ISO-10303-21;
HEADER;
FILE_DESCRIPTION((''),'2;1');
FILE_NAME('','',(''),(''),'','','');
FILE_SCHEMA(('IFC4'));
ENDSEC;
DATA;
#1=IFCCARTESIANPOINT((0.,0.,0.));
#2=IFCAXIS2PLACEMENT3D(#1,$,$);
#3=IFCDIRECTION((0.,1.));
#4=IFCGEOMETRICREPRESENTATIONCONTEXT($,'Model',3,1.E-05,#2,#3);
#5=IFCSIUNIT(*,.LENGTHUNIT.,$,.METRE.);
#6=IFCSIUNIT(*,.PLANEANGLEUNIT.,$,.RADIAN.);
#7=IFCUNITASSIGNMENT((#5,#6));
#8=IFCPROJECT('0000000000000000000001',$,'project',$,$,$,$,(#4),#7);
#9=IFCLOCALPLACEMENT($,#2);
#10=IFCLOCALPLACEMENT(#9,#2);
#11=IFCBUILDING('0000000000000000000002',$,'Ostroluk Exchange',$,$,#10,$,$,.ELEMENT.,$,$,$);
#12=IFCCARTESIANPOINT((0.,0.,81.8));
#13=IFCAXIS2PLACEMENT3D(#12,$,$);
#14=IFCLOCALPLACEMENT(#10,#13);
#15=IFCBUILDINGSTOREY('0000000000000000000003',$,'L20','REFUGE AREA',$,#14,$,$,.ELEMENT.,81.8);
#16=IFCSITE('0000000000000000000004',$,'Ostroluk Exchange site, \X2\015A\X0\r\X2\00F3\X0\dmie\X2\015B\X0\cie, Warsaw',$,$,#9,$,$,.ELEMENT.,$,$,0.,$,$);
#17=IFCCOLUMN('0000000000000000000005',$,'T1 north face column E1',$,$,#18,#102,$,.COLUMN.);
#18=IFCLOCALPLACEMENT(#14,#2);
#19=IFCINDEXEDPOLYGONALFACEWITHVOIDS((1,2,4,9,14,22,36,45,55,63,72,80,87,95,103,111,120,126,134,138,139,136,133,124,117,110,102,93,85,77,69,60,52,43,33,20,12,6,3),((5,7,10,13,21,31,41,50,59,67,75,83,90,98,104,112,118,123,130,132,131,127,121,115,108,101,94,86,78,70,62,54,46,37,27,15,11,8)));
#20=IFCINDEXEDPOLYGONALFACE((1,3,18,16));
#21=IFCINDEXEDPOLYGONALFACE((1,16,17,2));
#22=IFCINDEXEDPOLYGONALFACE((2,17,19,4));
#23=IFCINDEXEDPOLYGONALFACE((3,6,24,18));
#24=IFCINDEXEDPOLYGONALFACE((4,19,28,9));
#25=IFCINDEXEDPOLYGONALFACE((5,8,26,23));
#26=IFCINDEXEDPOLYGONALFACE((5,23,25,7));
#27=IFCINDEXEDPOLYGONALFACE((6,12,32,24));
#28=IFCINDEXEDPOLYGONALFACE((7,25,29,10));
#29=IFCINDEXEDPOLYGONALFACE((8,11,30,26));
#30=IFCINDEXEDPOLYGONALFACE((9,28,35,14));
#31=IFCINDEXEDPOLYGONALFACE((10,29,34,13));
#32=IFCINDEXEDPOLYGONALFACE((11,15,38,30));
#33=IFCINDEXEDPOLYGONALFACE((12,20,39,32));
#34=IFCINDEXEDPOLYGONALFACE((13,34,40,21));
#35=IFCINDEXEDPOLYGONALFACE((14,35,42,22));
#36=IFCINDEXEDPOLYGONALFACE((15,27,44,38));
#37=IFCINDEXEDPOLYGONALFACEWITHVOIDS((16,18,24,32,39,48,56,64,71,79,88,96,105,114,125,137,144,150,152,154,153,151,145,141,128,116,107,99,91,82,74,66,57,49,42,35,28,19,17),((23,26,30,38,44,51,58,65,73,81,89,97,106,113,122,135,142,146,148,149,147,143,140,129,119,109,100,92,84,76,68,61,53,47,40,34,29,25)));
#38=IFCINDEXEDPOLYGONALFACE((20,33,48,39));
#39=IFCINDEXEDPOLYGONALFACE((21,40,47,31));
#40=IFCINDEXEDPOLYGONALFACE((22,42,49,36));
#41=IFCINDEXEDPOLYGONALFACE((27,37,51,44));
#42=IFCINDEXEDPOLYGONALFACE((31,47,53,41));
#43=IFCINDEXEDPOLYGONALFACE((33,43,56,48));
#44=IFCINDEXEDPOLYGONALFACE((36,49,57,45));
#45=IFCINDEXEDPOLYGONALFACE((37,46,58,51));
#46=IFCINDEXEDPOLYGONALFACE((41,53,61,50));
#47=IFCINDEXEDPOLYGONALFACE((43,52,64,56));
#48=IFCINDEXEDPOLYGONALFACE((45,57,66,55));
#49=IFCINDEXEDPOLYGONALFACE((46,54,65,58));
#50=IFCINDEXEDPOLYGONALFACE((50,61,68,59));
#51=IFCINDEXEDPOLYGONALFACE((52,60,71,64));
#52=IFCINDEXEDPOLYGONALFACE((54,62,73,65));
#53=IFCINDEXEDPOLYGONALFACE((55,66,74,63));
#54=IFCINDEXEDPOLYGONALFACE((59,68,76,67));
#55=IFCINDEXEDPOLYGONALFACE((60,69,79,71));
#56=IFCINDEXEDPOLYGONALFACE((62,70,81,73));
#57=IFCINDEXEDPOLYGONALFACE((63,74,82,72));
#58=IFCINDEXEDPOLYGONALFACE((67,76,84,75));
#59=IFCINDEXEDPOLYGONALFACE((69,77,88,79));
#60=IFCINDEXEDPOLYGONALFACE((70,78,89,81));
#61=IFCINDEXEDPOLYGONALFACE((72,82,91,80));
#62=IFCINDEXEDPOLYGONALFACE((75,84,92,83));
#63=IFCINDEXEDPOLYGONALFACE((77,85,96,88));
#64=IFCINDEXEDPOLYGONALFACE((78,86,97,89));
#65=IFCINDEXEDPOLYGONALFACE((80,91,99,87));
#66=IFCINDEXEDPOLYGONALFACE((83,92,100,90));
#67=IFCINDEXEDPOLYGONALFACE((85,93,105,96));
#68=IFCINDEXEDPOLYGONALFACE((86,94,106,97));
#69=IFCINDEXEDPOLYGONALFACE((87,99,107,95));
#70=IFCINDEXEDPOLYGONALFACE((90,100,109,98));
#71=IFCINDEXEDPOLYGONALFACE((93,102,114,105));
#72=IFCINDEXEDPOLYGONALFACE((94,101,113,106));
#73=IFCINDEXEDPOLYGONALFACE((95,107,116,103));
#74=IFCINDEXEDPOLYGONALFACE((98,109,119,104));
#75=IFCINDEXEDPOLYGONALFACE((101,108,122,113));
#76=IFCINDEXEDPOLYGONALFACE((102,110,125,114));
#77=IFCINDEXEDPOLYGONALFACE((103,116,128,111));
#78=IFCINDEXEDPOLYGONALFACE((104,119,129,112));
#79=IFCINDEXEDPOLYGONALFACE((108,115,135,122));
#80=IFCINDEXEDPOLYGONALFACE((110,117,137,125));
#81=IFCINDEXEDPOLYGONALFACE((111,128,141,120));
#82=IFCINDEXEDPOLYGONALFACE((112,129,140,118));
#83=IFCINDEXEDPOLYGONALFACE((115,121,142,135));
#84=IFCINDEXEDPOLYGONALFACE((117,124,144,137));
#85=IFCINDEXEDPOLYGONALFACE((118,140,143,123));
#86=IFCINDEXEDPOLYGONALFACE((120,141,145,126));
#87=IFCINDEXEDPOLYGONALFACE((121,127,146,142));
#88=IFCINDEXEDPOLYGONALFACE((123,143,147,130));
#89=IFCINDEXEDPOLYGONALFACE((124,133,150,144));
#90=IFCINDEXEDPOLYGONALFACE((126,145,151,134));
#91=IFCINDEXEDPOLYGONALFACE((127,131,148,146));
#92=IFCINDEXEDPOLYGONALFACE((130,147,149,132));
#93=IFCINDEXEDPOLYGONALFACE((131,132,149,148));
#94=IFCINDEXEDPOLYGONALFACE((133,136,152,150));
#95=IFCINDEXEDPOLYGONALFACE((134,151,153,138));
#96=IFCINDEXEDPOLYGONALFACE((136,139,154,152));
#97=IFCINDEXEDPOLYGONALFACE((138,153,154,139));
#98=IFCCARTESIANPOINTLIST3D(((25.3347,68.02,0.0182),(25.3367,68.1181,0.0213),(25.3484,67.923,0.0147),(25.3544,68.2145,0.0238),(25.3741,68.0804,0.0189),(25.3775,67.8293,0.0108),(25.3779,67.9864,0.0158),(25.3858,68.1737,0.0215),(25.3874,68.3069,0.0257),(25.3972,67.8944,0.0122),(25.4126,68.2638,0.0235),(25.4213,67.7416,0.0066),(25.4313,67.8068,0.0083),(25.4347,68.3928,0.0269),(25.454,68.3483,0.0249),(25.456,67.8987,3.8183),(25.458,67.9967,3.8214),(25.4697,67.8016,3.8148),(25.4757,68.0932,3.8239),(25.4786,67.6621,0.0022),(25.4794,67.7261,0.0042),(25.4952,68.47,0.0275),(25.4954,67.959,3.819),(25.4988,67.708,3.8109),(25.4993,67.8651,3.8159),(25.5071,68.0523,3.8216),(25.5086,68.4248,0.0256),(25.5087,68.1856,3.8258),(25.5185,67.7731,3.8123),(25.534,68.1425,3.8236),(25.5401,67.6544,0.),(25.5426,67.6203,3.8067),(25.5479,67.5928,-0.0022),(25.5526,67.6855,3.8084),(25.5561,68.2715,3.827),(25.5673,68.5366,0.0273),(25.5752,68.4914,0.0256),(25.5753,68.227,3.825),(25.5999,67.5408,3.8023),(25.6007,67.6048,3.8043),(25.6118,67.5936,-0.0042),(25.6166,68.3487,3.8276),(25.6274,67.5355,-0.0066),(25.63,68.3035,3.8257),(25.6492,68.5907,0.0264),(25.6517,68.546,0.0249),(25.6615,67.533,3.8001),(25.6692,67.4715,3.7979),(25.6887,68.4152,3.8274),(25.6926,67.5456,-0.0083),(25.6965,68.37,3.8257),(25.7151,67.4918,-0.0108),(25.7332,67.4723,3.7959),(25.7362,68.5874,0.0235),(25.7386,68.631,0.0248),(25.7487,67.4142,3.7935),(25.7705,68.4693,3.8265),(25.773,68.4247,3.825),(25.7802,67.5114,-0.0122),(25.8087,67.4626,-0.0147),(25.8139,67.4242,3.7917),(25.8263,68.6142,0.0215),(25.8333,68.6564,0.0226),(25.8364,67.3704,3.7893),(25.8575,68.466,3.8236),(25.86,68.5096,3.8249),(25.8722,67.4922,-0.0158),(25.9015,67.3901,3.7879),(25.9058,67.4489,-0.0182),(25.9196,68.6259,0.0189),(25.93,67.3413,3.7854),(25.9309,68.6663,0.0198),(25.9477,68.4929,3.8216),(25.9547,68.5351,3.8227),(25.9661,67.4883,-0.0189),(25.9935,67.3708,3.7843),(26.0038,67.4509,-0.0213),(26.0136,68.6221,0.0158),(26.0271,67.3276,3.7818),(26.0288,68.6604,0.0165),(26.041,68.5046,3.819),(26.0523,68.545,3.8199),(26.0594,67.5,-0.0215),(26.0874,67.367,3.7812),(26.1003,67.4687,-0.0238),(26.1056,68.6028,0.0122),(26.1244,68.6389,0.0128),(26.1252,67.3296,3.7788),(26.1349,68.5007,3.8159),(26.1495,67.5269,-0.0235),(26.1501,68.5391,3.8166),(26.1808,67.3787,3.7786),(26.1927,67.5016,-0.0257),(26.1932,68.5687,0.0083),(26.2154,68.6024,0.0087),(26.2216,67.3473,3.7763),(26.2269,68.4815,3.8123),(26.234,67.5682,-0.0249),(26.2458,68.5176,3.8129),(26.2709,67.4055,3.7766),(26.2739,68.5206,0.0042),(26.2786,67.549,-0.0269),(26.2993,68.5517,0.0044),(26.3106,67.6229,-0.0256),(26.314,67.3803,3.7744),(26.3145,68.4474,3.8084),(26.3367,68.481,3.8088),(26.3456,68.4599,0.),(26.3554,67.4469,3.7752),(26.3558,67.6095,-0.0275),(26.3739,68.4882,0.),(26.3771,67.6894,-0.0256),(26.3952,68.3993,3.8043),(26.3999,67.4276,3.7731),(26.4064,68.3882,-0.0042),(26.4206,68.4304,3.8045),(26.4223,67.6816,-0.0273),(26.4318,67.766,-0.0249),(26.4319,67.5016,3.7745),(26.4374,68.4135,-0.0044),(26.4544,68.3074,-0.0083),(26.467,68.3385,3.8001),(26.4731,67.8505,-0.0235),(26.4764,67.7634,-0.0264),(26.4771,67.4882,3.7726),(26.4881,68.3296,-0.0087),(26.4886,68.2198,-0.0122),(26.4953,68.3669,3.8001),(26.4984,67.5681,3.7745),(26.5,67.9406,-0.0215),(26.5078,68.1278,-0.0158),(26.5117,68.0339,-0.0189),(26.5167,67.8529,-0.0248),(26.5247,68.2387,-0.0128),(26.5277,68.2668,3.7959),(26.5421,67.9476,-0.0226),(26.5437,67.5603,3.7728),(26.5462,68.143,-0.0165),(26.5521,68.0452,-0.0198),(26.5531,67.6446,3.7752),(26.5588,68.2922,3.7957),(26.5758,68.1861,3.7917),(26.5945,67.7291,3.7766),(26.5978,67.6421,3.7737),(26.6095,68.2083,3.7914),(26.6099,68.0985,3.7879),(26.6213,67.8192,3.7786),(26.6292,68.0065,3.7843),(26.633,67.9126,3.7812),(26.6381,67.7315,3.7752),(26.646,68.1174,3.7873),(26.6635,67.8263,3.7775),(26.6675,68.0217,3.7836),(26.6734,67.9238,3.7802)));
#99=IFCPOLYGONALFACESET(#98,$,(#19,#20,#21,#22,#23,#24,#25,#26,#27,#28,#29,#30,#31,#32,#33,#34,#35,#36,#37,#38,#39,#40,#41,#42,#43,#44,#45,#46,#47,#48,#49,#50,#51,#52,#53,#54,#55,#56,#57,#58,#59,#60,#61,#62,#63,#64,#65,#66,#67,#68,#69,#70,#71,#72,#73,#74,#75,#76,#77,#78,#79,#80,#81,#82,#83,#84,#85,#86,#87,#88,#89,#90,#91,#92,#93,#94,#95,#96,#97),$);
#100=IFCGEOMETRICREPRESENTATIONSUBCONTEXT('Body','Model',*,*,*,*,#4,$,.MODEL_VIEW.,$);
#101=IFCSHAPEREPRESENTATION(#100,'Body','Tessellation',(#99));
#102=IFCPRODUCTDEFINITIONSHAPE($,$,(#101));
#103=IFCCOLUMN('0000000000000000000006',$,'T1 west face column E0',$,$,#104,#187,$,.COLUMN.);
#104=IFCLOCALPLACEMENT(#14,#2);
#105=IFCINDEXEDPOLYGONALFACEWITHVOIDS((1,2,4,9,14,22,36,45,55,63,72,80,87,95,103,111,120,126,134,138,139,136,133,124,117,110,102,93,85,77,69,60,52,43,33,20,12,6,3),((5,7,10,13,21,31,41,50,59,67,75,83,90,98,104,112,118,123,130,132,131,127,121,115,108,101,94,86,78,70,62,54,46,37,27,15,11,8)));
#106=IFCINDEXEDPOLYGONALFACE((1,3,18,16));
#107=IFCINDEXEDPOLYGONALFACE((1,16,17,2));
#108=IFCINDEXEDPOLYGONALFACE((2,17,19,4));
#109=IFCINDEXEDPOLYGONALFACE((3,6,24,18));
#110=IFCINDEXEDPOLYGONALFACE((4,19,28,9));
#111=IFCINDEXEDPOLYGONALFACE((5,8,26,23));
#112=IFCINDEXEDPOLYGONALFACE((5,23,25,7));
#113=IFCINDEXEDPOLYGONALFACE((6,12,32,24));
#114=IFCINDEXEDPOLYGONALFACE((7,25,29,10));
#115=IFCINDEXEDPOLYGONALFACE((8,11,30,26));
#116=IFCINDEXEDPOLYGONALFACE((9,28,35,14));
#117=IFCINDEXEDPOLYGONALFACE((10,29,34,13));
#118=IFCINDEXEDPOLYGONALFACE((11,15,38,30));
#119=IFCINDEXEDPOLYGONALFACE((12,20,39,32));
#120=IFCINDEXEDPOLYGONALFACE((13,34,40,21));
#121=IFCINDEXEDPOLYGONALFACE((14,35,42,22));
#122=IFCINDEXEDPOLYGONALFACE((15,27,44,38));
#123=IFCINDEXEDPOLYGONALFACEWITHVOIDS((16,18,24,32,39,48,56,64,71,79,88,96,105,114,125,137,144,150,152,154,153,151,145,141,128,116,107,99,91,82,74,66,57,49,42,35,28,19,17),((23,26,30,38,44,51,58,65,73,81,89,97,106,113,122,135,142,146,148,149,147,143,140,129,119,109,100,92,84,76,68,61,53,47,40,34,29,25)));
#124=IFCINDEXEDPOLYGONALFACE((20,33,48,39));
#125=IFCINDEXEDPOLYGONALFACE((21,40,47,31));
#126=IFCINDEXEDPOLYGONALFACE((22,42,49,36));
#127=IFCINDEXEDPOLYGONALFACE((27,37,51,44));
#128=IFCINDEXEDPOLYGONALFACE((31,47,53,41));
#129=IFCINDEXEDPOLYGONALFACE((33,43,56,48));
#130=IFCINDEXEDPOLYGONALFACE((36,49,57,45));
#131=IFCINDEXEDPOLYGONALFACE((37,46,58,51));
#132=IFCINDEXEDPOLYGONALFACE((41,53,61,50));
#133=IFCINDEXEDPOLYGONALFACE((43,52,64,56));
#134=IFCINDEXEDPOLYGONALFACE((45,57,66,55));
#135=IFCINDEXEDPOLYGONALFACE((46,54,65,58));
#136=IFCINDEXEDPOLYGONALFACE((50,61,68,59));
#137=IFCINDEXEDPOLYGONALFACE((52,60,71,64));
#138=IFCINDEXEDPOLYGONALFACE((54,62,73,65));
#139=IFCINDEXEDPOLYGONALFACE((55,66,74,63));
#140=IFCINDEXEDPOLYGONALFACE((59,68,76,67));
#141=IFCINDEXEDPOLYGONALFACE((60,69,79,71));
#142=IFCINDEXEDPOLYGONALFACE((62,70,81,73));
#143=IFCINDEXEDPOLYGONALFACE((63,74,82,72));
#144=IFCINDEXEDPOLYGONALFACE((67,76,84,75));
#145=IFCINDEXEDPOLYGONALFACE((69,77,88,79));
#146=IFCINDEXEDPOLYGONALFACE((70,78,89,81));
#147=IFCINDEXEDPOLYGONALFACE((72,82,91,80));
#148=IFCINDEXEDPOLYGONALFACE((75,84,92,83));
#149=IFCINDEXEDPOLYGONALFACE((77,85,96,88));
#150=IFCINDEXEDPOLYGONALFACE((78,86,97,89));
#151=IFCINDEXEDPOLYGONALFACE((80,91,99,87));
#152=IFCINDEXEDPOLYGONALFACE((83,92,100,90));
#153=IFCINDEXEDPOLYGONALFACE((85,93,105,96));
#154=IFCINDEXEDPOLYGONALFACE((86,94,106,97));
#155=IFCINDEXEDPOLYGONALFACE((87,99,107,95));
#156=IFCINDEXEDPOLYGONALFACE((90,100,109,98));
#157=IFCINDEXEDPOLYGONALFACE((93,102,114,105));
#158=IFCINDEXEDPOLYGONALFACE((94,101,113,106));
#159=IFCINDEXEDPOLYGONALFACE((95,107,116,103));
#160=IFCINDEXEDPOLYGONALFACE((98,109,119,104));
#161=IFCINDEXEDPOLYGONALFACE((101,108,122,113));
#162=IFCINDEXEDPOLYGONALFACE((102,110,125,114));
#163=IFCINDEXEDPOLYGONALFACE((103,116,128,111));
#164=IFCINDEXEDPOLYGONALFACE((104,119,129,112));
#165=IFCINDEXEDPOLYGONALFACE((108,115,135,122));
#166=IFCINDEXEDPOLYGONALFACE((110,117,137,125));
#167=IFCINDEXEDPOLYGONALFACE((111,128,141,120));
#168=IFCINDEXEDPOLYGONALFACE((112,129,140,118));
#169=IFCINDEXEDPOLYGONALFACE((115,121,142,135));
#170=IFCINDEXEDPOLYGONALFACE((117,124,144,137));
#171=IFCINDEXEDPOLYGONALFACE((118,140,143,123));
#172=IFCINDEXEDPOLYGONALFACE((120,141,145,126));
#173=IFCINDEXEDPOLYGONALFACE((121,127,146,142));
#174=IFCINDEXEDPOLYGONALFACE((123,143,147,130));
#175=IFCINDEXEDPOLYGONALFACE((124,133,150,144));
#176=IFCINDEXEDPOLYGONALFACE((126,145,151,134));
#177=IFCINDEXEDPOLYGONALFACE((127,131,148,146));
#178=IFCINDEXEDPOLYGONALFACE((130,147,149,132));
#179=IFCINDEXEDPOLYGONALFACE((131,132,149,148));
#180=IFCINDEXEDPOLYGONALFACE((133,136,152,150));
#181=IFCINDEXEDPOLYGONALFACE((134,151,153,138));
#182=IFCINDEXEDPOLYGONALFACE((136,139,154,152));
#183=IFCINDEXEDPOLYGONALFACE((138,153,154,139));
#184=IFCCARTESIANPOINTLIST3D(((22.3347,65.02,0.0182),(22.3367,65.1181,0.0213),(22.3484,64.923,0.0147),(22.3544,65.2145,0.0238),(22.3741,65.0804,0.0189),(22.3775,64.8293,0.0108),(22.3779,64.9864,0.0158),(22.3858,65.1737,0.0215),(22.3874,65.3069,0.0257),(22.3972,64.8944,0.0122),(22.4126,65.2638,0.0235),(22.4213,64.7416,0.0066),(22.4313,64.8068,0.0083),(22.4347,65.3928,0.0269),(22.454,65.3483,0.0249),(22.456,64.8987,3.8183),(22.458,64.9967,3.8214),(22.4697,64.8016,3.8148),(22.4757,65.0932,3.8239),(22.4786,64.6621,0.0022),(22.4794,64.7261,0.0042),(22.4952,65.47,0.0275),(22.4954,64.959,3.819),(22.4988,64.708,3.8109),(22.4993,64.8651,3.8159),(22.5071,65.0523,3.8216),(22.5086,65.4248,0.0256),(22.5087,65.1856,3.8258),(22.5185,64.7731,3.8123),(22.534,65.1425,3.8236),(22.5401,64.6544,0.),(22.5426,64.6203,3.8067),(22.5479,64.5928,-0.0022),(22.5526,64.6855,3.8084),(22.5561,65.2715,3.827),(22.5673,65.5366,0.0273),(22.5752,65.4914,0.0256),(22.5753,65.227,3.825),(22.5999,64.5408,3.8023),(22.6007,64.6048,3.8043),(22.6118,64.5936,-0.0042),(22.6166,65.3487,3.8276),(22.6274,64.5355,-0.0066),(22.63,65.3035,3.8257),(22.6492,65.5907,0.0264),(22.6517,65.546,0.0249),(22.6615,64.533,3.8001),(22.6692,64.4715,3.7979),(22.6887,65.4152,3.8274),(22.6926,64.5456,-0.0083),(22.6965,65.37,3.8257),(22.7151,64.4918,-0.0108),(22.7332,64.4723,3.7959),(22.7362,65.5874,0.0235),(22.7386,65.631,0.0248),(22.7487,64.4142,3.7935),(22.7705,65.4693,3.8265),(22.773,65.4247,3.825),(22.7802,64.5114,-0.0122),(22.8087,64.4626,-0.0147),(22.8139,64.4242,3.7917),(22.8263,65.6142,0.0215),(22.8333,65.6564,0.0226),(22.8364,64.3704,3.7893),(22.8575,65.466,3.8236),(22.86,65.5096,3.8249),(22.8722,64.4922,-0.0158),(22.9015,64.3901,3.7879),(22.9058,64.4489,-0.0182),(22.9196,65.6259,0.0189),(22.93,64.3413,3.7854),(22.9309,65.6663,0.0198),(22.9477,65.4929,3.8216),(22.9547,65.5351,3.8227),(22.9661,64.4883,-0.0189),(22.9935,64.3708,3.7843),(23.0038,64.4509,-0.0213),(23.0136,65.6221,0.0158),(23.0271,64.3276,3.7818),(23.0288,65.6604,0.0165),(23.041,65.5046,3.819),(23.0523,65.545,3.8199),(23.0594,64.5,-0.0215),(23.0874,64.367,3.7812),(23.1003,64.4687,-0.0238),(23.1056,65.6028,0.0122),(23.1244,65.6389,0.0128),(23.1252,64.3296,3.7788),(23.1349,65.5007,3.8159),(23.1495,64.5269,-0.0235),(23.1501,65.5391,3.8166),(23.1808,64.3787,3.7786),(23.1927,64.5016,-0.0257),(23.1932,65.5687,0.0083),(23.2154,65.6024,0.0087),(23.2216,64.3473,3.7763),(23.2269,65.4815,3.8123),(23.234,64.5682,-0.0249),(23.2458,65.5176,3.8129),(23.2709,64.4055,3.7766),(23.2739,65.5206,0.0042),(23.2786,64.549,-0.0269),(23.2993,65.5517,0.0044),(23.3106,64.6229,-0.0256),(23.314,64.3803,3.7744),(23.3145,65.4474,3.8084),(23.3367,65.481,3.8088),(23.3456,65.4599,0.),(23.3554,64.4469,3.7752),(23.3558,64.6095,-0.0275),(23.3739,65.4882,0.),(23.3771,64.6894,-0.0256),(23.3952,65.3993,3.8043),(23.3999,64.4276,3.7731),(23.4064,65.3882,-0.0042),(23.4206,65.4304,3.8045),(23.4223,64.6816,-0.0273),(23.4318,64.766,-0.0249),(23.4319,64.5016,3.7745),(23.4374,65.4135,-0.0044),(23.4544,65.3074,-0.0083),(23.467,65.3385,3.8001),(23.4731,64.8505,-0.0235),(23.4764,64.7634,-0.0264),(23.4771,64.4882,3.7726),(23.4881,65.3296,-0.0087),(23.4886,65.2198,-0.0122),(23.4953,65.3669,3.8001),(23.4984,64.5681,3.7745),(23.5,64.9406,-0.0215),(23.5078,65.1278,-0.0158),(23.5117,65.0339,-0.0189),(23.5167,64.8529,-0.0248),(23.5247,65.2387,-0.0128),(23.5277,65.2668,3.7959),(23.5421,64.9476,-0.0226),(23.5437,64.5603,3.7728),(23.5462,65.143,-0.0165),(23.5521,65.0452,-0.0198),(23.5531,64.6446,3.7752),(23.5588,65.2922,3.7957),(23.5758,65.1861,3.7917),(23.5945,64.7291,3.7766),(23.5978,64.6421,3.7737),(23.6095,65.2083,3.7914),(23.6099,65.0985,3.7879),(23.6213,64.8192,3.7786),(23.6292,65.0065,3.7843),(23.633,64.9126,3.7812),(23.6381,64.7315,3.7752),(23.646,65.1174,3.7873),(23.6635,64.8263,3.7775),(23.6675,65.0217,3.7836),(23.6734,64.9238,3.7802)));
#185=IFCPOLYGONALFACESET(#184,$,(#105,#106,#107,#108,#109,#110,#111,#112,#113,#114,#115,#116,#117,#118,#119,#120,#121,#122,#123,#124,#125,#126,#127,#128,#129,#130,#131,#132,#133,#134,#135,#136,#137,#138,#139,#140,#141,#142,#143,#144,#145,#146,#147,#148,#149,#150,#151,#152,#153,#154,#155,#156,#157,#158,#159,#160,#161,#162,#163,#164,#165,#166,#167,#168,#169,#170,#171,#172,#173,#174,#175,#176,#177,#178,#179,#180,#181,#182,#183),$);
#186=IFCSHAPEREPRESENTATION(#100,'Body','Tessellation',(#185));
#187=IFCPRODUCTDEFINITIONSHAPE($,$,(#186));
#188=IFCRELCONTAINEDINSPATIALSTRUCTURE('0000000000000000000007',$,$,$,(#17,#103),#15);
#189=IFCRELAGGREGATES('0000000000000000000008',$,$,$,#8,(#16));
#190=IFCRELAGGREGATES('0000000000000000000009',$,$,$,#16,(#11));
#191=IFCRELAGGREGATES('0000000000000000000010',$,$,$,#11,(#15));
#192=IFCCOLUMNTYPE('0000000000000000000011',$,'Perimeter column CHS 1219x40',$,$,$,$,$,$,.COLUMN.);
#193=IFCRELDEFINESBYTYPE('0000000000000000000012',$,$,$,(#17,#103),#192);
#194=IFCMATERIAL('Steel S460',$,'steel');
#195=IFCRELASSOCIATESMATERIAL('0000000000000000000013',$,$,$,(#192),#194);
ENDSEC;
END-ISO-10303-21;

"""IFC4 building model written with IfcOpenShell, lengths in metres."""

from ifc_helpers import new_model, si_unit, direction, frame, origin, origin_2d, place, context, subcontext, project, spatial, hollow_circle, extrude, material, material_profile, profile_set, type_object, element, save


model = new_model("IFC4")

# Units and contexts
model_context = context("Model", 3, precision=1e-05, world=origin(), true_north=direction((0.0, 1.0)))
body_context = subcontext(model_context, "Body", "Model", "MODEL_VIEW")
ifc_project = project(units=[si_unit("LENGTHUNIT", "METRE"), si_unit("PLANEANGLEUNIT", "RADIAN")], contexts=[model_context])

# Site, building, storey
site_placement = place(None, origin())
site = spatial("IfcSite", under=ifc_project, at=site_placement, Name="Ostroluk Exchange site, Śródmieście, Warsaw", CompositionType="ELEMENT", RefElevation=0.0)
building_placement = place(site_placement, origin())
building = spatial("IfcBuilding", under=site, at=building_placement, Name="Ostroluk Exchange", CompositionType="ELEMENT")
storey_placement = place(building_placement, frame((0.0, 0.0, 81.8)))
storey = spatial("IfcBuildingStorey", under=building, at=storey_placement, Name="L20", Description="REFUGE AREA", CompositionType="ELEMENT", Elevation=81.8)

# Columns
ifc_material_1 = material(Name="Steel S460", Category="steel")
ifc_material_profile_1 = material_profile(ifc_material_1, hollow_circle(Radius=0.6096, WallThickness=0.04, at=origin_2d()), Name="CHS 1219x40")
ifc_profile_set_1 = profile_set([ifc_material_profile_1], Name="Steel S460")
column_type = type_object("IfcColumnType", Name="Perimeter column CHS 1219x40", PredefinedType="COLUMN", material=ifc_profile_set_1)
for number, where, z_axis, x_axis, name in (
    (1, (25.9429, 68.0571, 0.0), (0.031898, -0.031898, 0.998982), (0.707107, 0.707107, 0.0), "T1 north face column E1"),
    (2, (22.9429, 65.0571, 0.0), (0.031898, -0.031898, 0.998982), (0.707107, 0.707107, 0.0), "T1 west face column E0"),
):
    element("IfcColumn", number, at=place(storey_placement, frame(where, z_axis=z_axis, x_axis=x_axis)), inside=storey, type_object=column_type, Name=name, PredefinedType="COLUMN", context=body_context, shape_type="SweptSolid", body=[
        extrude(hollow_circle(Radius=0.6096, WallThickness=0.04, at=origin_2d()), origin(), (0.0, 0.0, 1.0), 3.804),
    ])

save(model, "model.ifc")
